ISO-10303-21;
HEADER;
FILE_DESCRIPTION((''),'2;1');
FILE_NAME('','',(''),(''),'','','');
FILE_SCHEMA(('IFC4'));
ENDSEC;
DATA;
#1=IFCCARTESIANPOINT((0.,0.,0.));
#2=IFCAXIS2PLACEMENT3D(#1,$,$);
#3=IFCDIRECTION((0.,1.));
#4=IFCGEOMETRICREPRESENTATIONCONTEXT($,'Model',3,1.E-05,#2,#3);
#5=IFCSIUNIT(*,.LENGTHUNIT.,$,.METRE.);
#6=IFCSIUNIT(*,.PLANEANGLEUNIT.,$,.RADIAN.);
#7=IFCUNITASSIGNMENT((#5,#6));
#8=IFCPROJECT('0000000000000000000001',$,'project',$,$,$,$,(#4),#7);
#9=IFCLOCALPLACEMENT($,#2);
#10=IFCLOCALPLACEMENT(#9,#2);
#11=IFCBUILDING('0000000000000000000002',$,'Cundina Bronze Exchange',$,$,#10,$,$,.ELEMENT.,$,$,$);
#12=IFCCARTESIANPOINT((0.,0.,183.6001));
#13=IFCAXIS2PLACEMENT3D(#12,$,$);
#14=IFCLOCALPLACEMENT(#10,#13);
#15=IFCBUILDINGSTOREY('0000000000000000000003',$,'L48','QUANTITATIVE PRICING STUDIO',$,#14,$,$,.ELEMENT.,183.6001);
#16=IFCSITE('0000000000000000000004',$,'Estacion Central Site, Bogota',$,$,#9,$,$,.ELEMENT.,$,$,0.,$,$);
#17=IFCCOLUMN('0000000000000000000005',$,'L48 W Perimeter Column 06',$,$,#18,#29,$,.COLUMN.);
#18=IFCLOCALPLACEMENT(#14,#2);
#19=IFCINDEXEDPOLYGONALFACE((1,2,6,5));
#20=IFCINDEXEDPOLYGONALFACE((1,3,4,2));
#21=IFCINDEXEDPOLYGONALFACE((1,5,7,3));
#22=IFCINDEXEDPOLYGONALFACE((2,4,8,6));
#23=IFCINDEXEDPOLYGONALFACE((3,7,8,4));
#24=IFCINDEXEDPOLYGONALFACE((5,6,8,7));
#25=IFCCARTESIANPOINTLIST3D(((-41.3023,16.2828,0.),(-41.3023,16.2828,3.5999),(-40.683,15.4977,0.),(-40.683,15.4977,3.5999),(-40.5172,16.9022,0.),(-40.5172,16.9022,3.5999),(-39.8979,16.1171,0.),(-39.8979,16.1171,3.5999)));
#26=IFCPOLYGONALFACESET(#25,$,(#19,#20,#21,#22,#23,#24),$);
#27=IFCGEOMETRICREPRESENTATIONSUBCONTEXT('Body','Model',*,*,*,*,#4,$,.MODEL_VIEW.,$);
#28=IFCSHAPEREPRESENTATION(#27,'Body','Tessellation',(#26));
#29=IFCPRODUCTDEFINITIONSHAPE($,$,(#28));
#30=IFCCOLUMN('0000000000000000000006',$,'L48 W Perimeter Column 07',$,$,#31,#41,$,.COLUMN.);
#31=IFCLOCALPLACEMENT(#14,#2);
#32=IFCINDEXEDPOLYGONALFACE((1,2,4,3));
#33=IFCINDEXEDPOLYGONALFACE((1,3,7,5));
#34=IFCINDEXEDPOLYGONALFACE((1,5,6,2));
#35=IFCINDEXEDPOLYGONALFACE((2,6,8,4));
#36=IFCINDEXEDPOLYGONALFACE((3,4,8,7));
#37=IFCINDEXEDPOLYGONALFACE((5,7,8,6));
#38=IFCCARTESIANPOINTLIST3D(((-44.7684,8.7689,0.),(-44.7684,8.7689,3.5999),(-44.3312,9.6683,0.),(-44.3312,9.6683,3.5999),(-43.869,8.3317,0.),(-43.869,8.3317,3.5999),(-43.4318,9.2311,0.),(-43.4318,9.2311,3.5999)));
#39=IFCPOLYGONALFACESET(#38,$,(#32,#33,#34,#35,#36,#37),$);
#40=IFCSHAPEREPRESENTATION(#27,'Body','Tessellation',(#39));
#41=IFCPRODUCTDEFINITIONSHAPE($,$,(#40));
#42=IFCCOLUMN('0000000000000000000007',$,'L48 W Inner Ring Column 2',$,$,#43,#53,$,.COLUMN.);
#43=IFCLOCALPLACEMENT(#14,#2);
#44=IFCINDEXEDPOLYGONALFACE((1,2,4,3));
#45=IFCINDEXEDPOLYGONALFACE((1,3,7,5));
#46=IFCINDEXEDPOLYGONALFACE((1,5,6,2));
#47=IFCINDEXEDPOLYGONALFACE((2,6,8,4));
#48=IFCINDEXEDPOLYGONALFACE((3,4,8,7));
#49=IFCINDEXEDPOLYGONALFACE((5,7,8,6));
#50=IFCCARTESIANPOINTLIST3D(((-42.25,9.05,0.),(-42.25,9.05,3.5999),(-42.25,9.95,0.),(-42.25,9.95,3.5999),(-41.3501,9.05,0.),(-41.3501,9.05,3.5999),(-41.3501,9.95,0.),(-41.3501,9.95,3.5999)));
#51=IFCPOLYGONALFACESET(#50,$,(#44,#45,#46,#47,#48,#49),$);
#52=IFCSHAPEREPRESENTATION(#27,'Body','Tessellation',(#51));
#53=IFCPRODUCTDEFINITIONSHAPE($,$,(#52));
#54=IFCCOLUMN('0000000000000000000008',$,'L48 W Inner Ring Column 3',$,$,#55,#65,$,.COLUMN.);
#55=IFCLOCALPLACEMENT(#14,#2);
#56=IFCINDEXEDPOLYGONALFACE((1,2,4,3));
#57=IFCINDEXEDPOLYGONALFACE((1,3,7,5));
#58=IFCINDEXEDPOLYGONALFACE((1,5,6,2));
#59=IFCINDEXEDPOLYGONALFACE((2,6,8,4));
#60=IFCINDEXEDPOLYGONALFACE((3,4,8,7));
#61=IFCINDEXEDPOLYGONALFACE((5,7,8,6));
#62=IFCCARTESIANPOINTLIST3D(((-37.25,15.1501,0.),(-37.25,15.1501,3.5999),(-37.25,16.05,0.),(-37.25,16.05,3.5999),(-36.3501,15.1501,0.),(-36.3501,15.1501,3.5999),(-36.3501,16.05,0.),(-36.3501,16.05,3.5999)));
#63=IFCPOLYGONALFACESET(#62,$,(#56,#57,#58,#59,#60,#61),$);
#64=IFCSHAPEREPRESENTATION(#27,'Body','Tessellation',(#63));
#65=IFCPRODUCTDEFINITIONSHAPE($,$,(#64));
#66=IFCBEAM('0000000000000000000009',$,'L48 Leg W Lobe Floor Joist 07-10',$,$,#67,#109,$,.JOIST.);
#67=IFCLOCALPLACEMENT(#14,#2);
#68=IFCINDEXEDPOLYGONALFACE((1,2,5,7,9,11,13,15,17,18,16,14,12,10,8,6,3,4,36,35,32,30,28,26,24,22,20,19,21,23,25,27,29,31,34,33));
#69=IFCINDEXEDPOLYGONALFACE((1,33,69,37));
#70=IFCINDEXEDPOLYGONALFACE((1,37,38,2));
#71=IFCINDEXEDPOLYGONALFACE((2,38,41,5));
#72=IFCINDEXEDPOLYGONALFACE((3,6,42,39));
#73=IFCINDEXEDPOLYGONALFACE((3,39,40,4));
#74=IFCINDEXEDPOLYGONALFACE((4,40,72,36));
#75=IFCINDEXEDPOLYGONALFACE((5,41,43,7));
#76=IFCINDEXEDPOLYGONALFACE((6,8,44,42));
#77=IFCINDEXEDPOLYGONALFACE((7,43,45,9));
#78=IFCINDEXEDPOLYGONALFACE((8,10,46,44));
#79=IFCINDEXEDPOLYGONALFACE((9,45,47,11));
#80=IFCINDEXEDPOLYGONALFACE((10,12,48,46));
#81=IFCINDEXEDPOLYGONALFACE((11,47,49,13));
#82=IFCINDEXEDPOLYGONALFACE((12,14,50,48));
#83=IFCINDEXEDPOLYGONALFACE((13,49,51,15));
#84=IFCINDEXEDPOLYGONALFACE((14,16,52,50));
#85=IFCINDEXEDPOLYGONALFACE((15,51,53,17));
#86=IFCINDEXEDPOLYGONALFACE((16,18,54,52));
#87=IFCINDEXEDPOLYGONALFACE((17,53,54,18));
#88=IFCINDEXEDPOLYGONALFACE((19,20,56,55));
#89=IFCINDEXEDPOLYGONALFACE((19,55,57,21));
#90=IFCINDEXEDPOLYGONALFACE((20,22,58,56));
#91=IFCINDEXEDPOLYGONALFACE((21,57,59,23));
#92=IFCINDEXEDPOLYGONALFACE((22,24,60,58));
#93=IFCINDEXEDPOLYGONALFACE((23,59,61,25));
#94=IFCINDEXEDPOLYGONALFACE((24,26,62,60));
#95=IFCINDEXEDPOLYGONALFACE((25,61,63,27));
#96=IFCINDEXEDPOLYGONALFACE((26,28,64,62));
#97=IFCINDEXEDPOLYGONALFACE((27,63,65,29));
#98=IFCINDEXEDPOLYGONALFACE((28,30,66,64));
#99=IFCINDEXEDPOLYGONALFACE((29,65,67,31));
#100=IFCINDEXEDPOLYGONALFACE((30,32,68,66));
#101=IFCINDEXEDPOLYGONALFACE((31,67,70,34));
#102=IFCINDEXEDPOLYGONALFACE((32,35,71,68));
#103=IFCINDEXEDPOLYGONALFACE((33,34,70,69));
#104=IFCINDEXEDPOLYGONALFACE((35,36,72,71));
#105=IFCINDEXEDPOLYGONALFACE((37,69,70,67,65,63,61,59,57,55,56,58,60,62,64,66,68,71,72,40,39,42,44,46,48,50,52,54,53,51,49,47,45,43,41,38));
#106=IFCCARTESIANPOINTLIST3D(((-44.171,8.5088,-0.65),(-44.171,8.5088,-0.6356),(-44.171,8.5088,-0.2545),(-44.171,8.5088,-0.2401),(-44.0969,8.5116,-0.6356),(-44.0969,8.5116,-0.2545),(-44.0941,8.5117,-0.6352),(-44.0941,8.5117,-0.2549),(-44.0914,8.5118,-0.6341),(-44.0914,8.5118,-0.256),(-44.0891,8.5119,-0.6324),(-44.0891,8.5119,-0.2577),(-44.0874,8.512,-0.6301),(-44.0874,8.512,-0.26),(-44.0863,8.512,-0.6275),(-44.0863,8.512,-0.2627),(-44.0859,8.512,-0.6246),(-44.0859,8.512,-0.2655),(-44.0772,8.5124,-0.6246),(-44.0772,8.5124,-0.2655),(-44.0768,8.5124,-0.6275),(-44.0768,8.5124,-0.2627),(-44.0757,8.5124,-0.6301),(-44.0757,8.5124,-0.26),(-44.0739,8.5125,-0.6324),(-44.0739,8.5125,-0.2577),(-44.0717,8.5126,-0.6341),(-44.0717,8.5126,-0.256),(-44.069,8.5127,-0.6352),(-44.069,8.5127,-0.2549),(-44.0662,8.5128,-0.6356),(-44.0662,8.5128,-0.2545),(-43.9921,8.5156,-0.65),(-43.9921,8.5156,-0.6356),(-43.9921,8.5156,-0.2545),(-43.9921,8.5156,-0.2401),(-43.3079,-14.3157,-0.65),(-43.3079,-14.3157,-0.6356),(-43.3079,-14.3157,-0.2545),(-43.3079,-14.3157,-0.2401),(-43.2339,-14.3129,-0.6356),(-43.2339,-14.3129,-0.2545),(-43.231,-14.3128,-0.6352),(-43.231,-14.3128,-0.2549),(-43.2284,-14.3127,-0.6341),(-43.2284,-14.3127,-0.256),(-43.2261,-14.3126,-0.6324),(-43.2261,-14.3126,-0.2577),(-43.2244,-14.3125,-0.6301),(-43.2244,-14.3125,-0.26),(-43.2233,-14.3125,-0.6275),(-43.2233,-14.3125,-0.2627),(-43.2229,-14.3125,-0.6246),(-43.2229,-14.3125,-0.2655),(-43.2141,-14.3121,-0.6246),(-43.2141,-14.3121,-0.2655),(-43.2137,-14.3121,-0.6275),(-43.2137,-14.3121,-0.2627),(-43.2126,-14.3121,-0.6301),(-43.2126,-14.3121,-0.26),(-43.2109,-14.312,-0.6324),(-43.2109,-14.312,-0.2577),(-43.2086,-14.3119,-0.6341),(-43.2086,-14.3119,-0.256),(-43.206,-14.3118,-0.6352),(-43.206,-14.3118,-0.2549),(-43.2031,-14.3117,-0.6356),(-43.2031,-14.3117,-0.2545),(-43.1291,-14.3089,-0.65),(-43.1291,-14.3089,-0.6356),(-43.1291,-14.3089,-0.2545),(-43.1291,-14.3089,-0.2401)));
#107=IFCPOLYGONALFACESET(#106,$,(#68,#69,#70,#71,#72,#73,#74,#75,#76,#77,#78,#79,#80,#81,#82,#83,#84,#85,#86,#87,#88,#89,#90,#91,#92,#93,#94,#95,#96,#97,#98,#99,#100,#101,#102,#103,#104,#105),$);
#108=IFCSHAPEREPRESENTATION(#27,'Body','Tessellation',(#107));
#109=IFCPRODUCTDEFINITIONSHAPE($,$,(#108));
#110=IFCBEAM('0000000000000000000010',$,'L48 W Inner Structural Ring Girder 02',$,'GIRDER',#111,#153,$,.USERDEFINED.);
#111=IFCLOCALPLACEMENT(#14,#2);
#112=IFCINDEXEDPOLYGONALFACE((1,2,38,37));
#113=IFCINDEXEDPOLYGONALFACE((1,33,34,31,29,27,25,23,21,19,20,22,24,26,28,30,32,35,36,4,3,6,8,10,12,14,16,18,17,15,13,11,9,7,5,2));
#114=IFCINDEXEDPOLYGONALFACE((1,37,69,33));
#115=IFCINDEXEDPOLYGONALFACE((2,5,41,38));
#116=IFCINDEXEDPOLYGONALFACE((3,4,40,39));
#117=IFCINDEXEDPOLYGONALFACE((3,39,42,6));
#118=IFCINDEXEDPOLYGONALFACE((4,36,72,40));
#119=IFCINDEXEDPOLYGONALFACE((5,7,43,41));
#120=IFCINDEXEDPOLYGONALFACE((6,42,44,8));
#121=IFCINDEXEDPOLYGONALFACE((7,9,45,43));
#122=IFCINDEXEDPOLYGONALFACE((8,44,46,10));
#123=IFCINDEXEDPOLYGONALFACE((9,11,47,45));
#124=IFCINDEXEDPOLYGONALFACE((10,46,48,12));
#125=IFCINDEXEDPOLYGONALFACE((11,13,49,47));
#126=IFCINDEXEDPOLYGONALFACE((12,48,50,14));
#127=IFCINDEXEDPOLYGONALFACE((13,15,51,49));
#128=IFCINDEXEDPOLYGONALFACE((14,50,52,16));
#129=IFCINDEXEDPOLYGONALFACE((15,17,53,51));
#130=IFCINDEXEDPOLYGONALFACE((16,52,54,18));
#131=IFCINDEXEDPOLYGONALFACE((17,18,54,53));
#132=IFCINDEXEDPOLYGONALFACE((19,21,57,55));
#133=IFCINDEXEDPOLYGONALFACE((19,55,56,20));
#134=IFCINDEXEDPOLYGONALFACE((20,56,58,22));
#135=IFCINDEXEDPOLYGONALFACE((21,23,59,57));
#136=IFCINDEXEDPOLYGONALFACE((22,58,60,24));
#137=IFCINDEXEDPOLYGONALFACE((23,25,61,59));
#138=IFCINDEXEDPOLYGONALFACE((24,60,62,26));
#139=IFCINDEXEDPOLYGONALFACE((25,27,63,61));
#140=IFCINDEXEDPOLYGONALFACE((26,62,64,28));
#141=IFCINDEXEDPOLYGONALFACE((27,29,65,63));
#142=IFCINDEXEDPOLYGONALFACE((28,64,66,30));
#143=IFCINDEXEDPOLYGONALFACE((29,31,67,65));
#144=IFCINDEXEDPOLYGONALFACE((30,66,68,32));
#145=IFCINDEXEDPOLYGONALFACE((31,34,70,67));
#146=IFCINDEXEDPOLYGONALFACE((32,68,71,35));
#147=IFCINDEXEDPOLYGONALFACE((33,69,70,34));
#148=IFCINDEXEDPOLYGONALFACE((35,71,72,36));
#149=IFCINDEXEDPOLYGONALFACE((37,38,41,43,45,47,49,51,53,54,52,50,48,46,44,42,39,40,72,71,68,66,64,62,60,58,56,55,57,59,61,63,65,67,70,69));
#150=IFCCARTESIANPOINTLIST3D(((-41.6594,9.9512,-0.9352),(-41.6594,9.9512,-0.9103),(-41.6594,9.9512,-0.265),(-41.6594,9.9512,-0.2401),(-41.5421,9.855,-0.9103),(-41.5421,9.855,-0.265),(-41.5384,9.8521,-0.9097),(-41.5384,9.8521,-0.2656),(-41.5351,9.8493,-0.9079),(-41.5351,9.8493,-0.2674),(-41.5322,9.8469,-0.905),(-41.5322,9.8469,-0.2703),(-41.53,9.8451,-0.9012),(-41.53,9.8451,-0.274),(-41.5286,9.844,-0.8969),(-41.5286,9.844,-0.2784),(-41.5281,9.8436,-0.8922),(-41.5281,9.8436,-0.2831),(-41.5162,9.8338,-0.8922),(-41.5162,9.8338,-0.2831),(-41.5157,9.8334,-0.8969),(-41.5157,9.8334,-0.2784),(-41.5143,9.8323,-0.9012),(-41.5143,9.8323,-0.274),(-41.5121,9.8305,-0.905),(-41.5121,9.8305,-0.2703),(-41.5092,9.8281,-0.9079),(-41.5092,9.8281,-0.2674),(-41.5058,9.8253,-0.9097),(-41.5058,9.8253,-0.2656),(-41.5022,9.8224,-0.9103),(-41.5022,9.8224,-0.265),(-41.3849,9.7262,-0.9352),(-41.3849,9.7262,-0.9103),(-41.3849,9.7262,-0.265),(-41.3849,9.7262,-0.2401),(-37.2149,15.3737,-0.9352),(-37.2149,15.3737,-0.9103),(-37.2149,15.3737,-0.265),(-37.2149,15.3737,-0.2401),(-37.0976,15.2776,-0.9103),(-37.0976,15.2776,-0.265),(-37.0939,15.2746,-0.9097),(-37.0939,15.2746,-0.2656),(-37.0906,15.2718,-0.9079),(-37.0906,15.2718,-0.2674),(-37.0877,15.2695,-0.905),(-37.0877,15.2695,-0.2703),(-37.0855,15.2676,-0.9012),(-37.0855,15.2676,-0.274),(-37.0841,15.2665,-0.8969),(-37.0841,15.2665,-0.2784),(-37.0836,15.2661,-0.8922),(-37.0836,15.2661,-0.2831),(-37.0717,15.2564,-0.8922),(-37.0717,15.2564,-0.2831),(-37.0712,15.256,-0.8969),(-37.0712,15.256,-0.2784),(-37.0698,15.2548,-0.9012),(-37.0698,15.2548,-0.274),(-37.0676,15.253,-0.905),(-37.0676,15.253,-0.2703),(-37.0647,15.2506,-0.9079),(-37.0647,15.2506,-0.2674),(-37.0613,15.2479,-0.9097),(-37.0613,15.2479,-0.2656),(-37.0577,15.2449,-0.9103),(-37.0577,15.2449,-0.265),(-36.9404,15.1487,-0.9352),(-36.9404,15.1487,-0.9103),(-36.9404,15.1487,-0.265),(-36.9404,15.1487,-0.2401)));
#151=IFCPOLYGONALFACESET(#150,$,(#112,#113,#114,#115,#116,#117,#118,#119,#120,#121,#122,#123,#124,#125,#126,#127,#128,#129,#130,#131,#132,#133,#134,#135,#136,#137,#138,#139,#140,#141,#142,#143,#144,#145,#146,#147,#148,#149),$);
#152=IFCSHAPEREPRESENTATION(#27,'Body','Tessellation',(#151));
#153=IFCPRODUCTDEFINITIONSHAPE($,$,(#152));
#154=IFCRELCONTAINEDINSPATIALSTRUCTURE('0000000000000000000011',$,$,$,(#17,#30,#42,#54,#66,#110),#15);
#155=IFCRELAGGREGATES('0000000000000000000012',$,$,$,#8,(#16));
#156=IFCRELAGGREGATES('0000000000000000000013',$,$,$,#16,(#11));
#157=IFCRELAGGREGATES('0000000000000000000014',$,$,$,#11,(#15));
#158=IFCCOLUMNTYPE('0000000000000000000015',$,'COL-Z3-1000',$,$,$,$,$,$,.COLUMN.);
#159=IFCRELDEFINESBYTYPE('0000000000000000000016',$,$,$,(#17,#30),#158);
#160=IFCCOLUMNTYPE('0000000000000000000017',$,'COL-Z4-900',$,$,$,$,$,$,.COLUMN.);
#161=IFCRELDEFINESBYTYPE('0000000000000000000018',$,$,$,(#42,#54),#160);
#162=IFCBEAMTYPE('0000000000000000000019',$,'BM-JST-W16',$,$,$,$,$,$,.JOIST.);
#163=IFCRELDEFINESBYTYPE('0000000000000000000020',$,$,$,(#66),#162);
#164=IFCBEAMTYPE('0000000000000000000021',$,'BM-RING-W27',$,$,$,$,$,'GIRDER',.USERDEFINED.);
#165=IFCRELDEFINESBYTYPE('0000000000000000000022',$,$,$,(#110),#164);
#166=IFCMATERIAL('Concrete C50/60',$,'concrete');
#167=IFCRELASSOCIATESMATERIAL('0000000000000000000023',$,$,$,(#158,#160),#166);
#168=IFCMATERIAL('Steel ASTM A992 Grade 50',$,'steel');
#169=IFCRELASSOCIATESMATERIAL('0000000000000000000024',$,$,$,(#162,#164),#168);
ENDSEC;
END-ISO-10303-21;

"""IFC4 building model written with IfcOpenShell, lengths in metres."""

from ifc_helpers import new_model, si_unit, direction, frame, origin, origin_2d, place, context, subcontext, project, spatial, rectangle, i_section, extrude, material, material_profile, profile_set, type_object, element, save


model = new_model("IFC4")

# Units and contexts
model_context = context("Model", 3, precision=1e-05, world=origin(), true_north=direction((0.0, 1.0)))
body_context = subcontext(model_context, "Body", "Model", "MODEL_VIEW")
ifc_project = project(units=[si_unit("LENGTHUNIT", "METRE"), si_unit("PLANEANGLEUNIT", "RADIAN")], contexts=[model_context])

# Site, building, storey
site_placement = place(None, origin())
site = spatial("IfcSite", under=ifc_project, at=site_placement, Name="Estacion Central Site, Bogota", CompositionType="ELEMENT", RefElevation=0.0)
building_placement = place(site_placement, origin())
building = spatial("IfcBuilding", under=site, at=building_placement, Name="Cundina Bronze Exchange", CompositionType="ELEMENT")
storey_placement = place(building_placement, frame((0.0, 0.0, 183.6001)))
storey = spatial("IfcBuildingStorey", under=building, at=storey_placement, Name="L48", Description="QUANTITATIVE PRICING STUDIO", CompositionType="ELEMENT", Elevation=183.6001)

# Columns
ifc_material_1 = material(Name="Concrete C50/60", Category="concrete")
ifc_material_profile_1 = material_profile(ifc_material_1, rectangle(XDim=1.0, YDim=1.0, at=origin_2d()), Name="RC1000X1000", Category="concrete")
ifc_profile_set_1 = profile_set([ifc_material_profile_1], Name="Concrete C50/60")
column_type_1 = type_object("IfcColumnType", Name="COL-Z3-1000", PredefinedType="COLUMN", material=ifc_profile_set_1)
for number, where, z_axis, x_axis, name in (
    (1, (-40.6001, 16.2, 0.0), (0.0, 0.0, 1.0), (-0.785101, -0.619368, 0.0), "L48 W Perimeter Column 06"),
    (2, (-44.1001, 9.0, 0.0), (0.0, 0.0, 1.0), (-0.437116, -0.899405, 0.0), "L48 W Perimeter Column 07"),
):
    element("IfcColumn", number, at=place(storey_placement, frame(where, z_axis=z_axis, x_axis=x_axis)), inside=storey, type_object=column_type_1, Name=name, PredefinedType="COLUMN", context=body_context, shape_type="SweptSolid", body=[
        extrude(rectangle(XDim=1.0, YDim=1.0, at=origin_2d()), origin(), (0.0, 0.0, 1.0), 3.5999),
    ])
ifc_material_profile_2 = material_profile(ifc_material_1, rectangle(XDim=0.8999, YDim=0.8999, at=origin_2d()), Name="RC900X900", Category="concrete")
ifc_profile_set_2 = profile_set([ifc_material_profile_2], Name="Concrete C50/60")
column_type_2 = type_object("IfcColumnType", Name="COL-Z4-900", PredefinedType="COLUMN", material=ifc_profile_set_2)
for number, where, z_axis, x_axis, name in (
    (3, (-41.8, 9.5, 0.0), (0.0, 0.0, 1.0), (1.0, 0.0, 0.0), "L48 W Inner Ring Column 2"),
    (4, (-36.8, 15.6001, 0.0), (0.0, 0.0, 1.0), (1.0, 0.0, 0.0), "L48 W Inner Ring Column 3"),
):
    element("IfcColumn", number, at=place(storey_placement, frame(where, z_axis=z_axis, x_axis=x_axis)), inside=storey, type_object=column_type_2, Name=name, PredefinedType="COLUMN", context=body_context, shape_type="SweptSolid", body=[
        extrude(rectangle(XDim=0.8999, YDim=0.8999, at=origin_2d()), origin(), (0.0, 0.0, 1.0), 3.5999),
    ])

# Beams
ifc_material_2 = material(Name="Steel ASTM A992 Grade 50", Category="steel")
ifc_material_profile_3 = material_profile(ifc_material_2, i_section(OverallWidth=0.179, OverallDepth=0.4099, WebThickness=0.0088, FlangeThickness=0.0144, FilletRadius=0.011, at=origin_2d()), Name="W16X45", Category="steel")
ifc_profile_set_3 = profile_set([ifc_material_profile_3], Name="Steel ASTM A992 Grade 50")
beam_type_1 = type_object("IfcBeamType", Name="BM-JST-W16", PredefinedType="JOIST", material=ifc_profile_set_3)
beam_1_placement = place(storey_placement, frame((-44.0815, 8.5122, -0.4451), z_axis=(0.037785, -0.999286, 0.0), x_axis=(0.999286, 0.037785, 0.0)))
element("IfcBeam", 5, at=beam_1_placement, inside=storey, type_object=beam_type_1, Name="L48 Leg W Lobe Floor Joist 07-10", PredefinedType="JOIST", context=body_context, shape_type="SweptSolid", body=[
    extrude(i_section(OverallWidth=0.179, OverallDepth=0.4099, WebThickness=0.0088, FlangeThickness=0.0144, FilletRadius=0.011, at=origin_2d()), origin(), (0.0, 0.0, 1.0), 22.8408),
])
ifc_material_profile_4 = material_profile(ifc_material_2, i_section(OverallWidth=0.355, OverallDepth=0.6951, WebThickness=0.0154, FlangeThickness=0.0249, FilletRadius=0.0181, at=origin_2d()), Name="W27X146", Category="steel")
ifc_profile_set_4 = profile_set([ifc_material_profile_4], Name="Steel ASTM A992 Grade 50")
beam_type_2 = type_object("IfcBeamType", Name="BM-RING-W27", ElementType="GIRDER", PredefinedType="USERDEFINED", material=ifc_profile_set_4)
beam_2_placement = place(storey_placement, frame((-37.0776, 15.2612, -0.5876), z_axis=(-0.633913, -0.773405, 0.0), x_axis=(0.773405, -0.633913, 0.0)))
element("IfcBeam", 6, at=beam_2_placement, inside=storey, type_object=beam_type_2, Name="L48 W Inner Structural Ring Girder 02", ObjectType="GIRDER", PredefinedType="USERDEFINED", context=body_context, shape_type="SweptSolid", body=[
    extrude(i_section(OverallWidth=0.355, OverallDepth=0.6951, WebThickness=0.0154, FlangeThickness=0.0249, FilletRadius=0.0181, at=origin_2d()), origin(), (0.0, 0.0, 1.0), 7.0112),
])

save(model, "model.ifc")
